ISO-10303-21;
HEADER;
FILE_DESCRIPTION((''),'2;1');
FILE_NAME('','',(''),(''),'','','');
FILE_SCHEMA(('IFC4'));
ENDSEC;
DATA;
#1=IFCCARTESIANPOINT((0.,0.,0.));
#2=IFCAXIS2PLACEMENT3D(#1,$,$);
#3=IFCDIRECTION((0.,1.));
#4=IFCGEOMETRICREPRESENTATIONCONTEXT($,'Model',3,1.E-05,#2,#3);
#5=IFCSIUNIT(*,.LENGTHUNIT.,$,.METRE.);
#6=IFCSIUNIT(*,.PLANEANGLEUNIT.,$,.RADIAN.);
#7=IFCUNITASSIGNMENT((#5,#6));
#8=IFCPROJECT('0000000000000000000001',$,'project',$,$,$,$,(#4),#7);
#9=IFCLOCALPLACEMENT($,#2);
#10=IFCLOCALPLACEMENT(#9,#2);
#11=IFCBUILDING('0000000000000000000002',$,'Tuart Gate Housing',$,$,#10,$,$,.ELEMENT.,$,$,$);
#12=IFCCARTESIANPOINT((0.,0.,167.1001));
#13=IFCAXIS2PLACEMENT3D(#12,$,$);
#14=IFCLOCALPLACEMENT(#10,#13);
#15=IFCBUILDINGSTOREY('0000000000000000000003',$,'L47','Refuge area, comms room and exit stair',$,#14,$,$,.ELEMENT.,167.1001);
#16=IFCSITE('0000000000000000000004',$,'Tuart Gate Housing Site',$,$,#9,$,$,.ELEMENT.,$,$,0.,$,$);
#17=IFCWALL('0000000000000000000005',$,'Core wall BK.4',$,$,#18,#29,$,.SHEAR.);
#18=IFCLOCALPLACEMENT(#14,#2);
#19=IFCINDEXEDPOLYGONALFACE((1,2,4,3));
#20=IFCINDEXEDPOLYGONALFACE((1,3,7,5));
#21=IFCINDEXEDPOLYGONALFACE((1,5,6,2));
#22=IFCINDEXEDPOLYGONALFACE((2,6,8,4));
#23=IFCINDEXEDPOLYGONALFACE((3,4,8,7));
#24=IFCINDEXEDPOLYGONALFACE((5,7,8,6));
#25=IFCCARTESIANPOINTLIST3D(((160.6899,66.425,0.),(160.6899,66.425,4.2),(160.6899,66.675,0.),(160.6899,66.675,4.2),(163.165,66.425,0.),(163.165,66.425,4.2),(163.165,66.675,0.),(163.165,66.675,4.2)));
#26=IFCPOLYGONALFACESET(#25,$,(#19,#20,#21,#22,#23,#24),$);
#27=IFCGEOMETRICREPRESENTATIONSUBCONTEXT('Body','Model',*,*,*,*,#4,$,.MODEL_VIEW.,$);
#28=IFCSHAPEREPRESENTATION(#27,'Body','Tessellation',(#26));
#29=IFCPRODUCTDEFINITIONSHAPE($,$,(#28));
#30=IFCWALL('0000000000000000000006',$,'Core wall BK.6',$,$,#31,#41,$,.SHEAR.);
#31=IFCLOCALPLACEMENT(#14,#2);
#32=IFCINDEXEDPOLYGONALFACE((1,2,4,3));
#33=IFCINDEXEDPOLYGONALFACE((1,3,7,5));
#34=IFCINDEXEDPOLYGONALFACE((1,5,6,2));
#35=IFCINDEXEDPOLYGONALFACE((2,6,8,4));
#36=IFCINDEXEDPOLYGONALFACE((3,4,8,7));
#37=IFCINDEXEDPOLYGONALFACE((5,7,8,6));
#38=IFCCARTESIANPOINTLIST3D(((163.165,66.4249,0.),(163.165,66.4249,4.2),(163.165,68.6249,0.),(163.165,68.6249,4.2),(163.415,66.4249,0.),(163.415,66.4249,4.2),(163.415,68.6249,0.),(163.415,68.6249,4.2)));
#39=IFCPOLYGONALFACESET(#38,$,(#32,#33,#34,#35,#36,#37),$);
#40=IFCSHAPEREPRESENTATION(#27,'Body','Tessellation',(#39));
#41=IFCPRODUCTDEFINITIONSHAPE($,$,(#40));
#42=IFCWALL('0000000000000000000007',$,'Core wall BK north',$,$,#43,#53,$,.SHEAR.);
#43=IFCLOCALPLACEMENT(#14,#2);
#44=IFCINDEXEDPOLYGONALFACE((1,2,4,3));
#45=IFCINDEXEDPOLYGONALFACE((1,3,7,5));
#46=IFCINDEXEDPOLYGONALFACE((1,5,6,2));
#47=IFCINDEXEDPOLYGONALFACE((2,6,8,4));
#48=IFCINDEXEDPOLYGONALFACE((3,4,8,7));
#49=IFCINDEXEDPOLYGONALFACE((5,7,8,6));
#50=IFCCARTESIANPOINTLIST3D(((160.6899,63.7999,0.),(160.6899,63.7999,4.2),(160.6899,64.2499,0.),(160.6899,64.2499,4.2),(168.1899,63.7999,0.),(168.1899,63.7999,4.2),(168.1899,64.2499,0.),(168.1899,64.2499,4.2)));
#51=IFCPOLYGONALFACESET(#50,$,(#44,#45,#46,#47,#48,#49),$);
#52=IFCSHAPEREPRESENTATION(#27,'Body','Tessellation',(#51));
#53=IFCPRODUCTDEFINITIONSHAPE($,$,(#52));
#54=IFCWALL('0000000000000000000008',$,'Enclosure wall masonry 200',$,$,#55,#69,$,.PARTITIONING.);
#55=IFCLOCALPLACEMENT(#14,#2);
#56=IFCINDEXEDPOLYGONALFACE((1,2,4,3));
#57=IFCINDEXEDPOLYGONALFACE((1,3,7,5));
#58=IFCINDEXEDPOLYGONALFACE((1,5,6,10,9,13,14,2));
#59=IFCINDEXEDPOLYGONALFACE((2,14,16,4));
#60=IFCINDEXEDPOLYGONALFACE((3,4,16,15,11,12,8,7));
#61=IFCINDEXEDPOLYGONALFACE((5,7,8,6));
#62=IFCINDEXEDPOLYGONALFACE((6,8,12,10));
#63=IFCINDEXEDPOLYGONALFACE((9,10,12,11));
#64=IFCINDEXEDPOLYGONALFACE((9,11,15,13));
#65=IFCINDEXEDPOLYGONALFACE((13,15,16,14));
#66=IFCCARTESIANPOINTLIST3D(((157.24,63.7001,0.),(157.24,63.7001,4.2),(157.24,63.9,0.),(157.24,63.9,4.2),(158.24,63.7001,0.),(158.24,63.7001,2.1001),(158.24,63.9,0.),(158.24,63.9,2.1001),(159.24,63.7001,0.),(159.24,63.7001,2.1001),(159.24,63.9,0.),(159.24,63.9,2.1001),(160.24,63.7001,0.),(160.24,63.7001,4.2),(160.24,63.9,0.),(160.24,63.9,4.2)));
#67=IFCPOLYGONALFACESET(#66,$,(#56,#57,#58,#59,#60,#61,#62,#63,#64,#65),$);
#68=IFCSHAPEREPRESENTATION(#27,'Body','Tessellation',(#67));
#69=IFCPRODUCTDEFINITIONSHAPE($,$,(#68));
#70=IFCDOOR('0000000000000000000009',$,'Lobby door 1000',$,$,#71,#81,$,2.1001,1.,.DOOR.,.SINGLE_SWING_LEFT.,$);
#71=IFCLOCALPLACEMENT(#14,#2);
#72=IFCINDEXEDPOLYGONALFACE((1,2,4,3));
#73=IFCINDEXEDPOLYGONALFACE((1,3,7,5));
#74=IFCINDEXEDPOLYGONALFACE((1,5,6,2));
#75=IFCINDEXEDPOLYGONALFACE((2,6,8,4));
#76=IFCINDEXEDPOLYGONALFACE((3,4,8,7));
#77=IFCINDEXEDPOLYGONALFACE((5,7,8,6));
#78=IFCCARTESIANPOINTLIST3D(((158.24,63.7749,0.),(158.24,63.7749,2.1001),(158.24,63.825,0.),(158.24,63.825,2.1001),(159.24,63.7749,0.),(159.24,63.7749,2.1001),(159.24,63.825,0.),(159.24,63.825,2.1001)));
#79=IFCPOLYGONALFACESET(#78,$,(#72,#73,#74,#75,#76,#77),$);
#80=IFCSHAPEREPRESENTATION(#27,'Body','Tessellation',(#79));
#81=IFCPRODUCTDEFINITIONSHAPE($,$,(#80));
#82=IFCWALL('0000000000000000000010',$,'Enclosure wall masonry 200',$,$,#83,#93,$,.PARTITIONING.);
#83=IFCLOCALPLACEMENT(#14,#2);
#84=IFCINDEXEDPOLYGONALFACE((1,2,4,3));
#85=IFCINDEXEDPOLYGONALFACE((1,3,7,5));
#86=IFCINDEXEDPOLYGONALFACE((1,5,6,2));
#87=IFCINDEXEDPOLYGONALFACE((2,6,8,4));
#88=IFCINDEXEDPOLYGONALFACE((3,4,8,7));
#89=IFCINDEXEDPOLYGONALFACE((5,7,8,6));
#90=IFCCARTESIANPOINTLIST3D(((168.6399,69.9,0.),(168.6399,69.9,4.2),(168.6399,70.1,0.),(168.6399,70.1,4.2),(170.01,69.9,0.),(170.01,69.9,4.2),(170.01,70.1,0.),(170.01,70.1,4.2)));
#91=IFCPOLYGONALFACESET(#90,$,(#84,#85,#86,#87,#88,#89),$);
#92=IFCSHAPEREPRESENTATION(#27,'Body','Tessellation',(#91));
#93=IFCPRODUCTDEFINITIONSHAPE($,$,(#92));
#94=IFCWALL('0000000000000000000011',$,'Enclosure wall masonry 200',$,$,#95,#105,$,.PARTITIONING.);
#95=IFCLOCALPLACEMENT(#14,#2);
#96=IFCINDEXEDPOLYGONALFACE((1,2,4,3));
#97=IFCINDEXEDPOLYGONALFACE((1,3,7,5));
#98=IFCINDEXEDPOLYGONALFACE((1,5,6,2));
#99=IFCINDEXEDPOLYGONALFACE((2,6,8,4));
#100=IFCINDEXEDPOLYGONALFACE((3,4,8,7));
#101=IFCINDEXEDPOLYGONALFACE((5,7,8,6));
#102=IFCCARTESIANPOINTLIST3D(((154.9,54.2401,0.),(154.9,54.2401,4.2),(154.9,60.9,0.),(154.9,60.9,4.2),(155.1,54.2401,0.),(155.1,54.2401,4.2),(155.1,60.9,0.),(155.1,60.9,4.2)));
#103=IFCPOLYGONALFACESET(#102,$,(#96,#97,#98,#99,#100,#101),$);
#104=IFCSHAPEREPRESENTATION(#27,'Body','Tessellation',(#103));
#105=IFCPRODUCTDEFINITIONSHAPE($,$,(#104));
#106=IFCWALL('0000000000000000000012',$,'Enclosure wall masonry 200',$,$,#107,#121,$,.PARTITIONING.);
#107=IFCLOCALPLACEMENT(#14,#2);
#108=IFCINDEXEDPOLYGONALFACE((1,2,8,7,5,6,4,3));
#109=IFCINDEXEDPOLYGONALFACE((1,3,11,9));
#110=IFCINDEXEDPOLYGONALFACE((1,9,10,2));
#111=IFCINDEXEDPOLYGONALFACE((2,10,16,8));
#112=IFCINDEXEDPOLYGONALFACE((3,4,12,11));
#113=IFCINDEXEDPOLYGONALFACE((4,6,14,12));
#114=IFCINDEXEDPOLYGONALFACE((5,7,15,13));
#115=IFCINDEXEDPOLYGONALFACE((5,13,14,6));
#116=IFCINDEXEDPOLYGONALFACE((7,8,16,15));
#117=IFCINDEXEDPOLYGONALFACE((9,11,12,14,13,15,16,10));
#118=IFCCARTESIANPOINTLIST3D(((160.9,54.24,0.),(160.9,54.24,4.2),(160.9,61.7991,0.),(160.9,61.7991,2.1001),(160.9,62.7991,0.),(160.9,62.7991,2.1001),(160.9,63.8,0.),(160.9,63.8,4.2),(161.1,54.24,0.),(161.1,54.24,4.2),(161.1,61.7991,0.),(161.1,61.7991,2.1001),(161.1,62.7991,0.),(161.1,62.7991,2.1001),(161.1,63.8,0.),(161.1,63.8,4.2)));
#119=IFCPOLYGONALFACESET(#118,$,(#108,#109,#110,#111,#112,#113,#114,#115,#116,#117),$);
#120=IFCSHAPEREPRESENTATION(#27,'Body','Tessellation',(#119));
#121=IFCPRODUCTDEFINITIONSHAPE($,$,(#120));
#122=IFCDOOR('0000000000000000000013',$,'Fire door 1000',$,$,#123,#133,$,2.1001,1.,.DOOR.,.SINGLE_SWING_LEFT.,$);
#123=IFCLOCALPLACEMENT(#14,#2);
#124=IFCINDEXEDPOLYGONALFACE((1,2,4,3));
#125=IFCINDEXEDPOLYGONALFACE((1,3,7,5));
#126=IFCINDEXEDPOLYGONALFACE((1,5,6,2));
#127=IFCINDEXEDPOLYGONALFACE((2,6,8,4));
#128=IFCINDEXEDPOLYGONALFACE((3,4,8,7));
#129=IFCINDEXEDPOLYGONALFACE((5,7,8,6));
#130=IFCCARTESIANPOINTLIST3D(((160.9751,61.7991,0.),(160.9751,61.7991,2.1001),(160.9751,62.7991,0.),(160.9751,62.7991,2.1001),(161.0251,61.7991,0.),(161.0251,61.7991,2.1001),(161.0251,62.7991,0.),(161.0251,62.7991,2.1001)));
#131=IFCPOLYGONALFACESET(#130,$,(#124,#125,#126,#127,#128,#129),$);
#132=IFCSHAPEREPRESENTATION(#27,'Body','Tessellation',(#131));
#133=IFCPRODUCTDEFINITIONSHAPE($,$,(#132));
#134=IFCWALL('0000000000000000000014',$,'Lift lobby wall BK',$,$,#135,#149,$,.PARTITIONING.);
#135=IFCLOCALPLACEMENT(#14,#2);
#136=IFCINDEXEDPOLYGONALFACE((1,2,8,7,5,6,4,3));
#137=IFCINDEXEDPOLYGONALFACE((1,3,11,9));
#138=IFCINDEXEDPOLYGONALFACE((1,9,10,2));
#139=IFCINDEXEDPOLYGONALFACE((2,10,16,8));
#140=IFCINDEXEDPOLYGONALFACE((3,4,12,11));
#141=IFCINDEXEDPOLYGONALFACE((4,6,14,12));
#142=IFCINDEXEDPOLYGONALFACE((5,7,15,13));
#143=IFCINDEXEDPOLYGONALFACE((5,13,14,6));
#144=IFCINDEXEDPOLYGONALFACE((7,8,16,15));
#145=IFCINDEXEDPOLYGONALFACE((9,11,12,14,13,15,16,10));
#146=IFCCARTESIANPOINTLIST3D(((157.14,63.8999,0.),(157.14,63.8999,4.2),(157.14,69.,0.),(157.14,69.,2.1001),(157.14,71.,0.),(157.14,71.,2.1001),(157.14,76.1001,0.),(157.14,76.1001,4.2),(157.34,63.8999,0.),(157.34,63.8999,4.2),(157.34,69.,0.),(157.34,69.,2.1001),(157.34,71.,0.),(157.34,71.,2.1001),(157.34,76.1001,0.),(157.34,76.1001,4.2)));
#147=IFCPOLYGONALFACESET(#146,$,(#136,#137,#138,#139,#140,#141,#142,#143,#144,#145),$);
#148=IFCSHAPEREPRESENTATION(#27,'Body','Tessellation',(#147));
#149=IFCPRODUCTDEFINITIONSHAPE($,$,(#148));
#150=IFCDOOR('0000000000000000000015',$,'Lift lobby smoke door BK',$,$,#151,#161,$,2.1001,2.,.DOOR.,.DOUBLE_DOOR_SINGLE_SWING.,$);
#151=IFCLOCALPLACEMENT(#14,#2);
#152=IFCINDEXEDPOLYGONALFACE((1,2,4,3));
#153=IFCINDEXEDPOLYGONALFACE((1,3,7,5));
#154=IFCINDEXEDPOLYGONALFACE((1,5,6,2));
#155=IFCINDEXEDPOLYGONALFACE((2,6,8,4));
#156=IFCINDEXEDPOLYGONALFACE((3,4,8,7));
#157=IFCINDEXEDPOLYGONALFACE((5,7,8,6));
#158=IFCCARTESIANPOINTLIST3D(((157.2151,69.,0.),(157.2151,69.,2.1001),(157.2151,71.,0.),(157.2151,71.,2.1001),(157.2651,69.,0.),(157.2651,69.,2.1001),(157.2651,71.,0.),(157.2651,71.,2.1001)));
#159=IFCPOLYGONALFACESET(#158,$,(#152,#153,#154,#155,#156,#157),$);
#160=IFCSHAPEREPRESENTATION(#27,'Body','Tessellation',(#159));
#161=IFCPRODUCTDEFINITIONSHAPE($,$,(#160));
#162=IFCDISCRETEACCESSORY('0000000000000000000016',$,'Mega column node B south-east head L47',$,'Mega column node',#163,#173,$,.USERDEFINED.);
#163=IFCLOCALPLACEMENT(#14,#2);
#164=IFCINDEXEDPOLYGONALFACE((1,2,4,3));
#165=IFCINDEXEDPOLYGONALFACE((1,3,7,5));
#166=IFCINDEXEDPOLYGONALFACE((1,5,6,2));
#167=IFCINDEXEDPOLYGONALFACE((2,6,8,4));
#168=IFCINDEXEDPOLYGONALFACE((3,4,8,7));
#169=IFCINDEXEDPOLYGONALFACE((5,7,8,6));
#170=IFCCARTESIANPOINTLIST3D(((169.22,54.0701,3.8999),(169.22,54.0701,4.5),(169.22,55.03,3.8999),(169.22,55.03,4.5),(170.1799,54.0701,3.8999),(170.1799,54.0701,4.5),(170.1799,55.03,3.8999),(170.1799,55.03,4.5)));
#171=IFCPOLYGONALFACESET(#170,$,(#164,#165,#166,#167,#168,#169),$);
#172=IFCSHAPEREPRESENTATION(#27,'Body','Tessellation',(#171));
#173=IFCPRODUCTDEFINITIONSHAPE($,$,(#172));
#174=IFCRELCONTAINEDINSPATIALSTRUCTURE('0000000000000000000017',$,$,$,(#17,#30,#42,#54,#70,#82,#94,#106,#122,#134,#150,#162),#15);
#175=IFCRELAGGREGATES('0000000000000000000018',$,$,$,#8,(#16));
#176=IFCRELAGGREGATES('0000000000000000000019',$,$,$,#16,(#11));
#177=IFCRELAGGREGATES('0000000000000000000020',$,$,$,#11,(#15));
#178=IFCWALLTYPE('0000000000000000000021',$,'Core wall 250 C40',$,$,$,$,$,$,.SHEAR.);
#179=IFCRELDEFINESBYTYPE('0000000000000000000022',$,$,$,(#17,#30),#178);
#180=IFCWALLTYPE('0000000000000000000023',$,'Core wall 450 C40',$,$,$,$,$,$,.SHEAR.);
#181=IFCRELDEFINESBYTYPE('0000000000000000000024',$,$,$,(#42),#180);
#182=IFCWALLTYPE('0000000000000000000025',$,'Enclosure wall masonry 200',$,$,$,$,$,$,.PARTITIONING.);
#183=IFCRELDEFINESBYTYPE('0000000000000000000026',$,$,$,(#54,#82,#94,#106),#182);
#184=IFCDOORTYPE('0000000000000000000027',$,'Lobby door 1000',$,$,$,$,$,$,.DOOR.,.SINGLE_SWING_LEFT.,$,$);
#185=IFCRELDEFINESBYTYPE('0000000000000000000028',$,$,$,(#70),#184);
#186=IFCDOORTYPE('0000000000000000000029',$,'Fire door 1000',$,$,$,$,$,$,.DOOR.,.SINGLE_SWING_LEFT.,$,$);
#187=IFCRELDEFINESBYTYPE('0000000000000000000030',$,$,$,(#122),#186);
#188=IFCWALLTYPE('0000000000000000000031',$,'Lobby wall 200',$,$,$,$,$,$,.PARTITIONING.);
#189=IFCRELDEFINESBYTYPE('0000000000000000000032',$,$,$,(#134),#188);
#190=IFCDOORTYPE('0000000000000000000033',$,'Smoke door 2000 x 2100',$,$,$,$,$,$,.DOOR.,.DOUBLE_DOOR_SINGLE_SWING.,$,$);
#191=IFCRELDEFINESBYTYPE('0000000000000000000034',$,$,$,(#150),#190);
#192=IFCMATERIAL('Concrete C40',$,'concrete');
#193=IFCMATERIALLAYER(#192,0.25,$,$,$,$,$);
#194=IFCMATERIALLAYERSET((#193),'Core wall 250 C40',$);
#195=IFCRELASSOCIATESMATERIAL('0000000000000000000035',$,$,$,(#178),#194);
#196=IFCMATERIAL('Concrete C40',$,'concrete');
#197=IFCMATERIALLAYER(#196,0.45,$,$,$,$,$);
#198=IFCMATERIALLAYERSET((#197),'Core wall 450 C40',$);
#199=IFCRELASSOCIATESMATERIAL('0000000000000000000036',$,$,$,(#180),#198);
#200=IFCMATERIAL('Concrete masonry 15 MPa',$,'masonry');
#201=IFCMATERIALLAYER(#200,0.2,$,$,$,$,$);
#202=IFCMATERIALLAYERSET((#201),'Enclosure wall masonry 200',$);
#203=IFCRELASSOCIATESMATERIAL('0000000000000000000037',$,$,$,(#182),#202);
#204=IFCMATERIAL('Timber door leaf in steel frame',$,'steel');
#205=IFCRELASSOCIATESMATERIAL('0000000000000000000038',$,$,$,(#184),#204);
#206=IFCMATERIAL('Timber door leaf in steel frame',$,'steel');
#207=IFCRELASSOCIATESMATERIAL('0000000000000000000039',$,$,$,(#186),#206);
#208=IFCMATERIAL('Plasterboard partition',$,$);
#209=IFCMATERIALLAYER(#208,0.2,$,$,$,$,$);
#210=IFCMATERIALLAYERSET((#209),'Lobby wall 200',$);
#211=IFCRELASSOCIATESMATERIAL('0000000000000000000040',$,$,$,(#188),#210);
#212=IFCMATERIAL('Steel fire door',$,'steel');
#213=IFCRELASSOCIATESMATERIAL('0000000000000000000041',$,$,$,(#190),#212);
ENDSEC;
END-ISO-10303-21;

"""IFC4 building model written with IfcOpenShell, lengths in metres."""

from ifc_helpers import new_model, si_unit, direction, frame, frame_2d, origin, origin_2d, place, context, subcontext, project, spatial, rectangle, extrude, material, layer, layer_set, type_object, element, fill, save


model = new_model("IFC4")

# Units and contexts
model_context = context("Model", 3, precision=1e-05, world=origin(), true_north=direction((0.0, 1.0)))
body_context = subcontext(model_context, "Body", "Model", "MODEL_VIEW")
ifc_project = project(units=[si_unit("LENGTHUNIT", "METRE"), si_unit("PLANEANGLEUNIT", "RADIAN")], contexts=[model_context])

# Site, building, storey
site_placement = place(None, origin())
site = spatial("IfcSite", under=ifc_project, at=site_placement, Name="Tuart Gate Housing Site", CompositionType="ELEMENT", RefElevation=0.0)
building_placement = place(site_placement, origin())
building = spatial("IfcBuilding", under=site, at=building_placement, Name="Tuart Gate Housing", CompositionType="ELEMENT")
storey_placement = place(building_placement, frame((0.0, 0.0, 167.1001)))
storey = spatial("IfcBuildingStorey", under=building, at=storey_placement, Name="L47", Description="Refuge area, comms room and exit stair", CompositionType="ELEMENT", Elevation=167.1001)

# Shared definitions
ifc_material_1 = material(Name="Concrete C40", Category="concrete")
ifc_layer_1 = layer(ifc_material_1, 0.25)
ifc_layer_set_1 = layer_set([ifc_layer_1], Name="Core wall 250 C40")
wall_type_1 = type_object("IfcWallType", Name="Core wall 250 C40", PredefinedType="SHEAR", material=ifc_layer_set_1)

# Walls
wall_1_placement = place(storey_placement, frame((160.6899, 66.55, 0.0), z_axis=(0.0, 0.0, 1.0), x_axis=(1.0, 0.0, 0.0)))
element("IfcWall", 1, at=wall_1_placement, inside=storey, type_object=wall_type_1, Name="Core wall BK.4", PredefinedType="SHEAR", context=body_context, shape_type="SweptSolid", body=[
    extrude(rectangle(XDim=2.4751, YDim=0.25, at=frame_2d((1.2375, 0.0))), origin(), (0.0, 0.0, 1.0), 4.2),
])
wall_2_placement = place(storey_placement, frame((163.29, 68.625, 0.0), z_axis=(0.0, 0.0, 1.0), x_axis=(0.0, -1.0, 0.0)))
element("IfcWall", 2, at=wall_2_placement, inside=storey, type_object=wall_type_1, Name="Core wall BK.6", PredefinedType="SHEAR", context=body_context, shape_type="SweptSolid", body=[
    extrude(rectangle(XDim=2.2, YDim=0.25, at=frame_2d((1.1001, 0.0))), origin(), (0.0, 0.0, 1.0), 4.2),
])
ifc_material_2 = material(Name="Concrete C40", Category="concrete")
ifc_layer_2 = layer(ifc_material_2, 0.45)
ifc_layer_set_2 = layer_set([ifc_layer_2], Name="Core wall 450 C40")
wall_type_2 = type_object("IfcWallType", Name="Core wall 450 C40", PredefinedType="SHEAR", material=ifc_layer_set_2)
wall_3_placement = place(storey_placement, frame((160.6899, 64.0249, 0.0), z_axis=(0.0, 0.0, 1.0), x_axis=(1.0, 0.0, 0.0)))
element("IfcWall", 3, at=wall_3_placement, inside=storey, type_object=wall_type_2, Name="Core wall BK north", PredefinedType="SHEAR", context=body_context, shape_type="SweptSolid", body=[
    extrude(rectangle(XDim=7.5, YDim=0.45, at=frame_2d((3.75, 0.0))), origin(), (0.0, 0.0, 1.0), 4.2),
])

# Wall, opening, door
ifc_material_3 = material(Name="Concrete masonry 15 MPa", Category="masonry")
ifc_layer_3 = layer(ifc_material_3, 0.2)
ifc_layer_set_3 = layer_set([ifc_layer_3], Name="Enclosure wall masonry 200")
wall_type_3 = type_object("IfcWallType", Name="Enclosure wall masonry 200", PredefinedType="PARTITIONING", material=ifc_layer_set_3)
wall_4_placement = place(storey_placement, frame((157.24, 63.8, 0.0), z_axis=(0.0, 0.0, 1.0), x_axis=(1.0, 0.0, 0.0)))
wall_4 = element("IfcWall", 4, at=wall_4_placement, inside=storey, type_object=wall_type_3, Name="Enclosure wall masonry 200", PredefinedType="PARTITIONING", context=body_context, shape_type="SweptSolid", body=[
    extrude(rectangle(XDim=3.0, YDim=0.2, at=frame_2d((1.5, 0.0))), origin(), (0.0, 0.0, 1.0), 4.2),
])
opening_1_placement = place(wall_4_placement, frame((1.0, 0.0, 0.0)))
opening_1 = element("IfcOpeningElement", 5, at=opening_1_placement, cuts=wall_4, PredefinedType="OPENING", context=body_context, shape_type="SweptSolid", body=[
    extrude(rectangle(XDim=1.0, YDim=2.1001, at=frame_2d((0.5, 1.05))), frame((0.0, 0.1099, 0.0), z_axis=(0.0, -1.0, 0.0), x_axis=(1.0, 0.0, 0.0)), (0.0, 0.0, 1.0), 0.22),
])
ifc_material_4 = material(Name="Timber door leaf in steel frame", Category="steel")
door_type_1 = type_object("IfcDoorType", Name="Lobby door 1000", OperationType="SINGLE_SWING_LEFT", PredefinedType="DOOR", material=ifc_material_4)
door_1_placement = place(opening_1_placement, origin())
door_1 = element("IfcDoor", 6, at=door_1_placement, inside=storey, type_object=door_type_1, Name="Lobby door 1000", OperationType="SINGLE_SWING_LEFT", OverallHeight=2.1001, OverallWidth=1.0, PredefinedType="DOOR", context=body_context, shape_type="SweptSolid", body=[
    extrude(rectangle(XDim=1.0, YDim=2.1001, at=frame_2d((0.5, 1.05))), frame((0.0, 0.0249, 0.0), z_axis=(0.0, -1.0, 0.0), x_axis=(1.0, 0.0, 0.0)), (0.0, 0.0, 1.0), 0.05),
])
fill(opening_1, door_1)

# Walls
wall_5_placement = place(storey_placement, frame((168.6399, 70.0, 0.0), z_axis=(0.0, 0.0, 1.0), x_axis=(1.0, 0.0, 0.0)))
element("IfcWall", 7, at=wall_5_placement, inside=storey, type_object=wall_type_3, Name="Enclosure wall masonry 200", PredefinedType="PARTITIONING", context=body_context, shape_type="SweptSolid", body=[
    extrude(rectangle(XDim=1.3701, YDim=0.2, at=frame_2d((0.6851, 0.0))), origin(), (0.0, 0.0, 1.0), 4.2),
])
wall_6_placement = place(storey_placement, frame((155.0, 54.24, 0.0), z_axis=(0.0, 0.0, 1.0), x_axis=(0.0, 1.0, 0.0)))
element("IfcWall", 8, at=wall_6_placement, inside=storey, type_object=wall_type_3, Name="Enclosure wall masonry 200", PredefinedType="PARTITIONING", context=body_context, shape_type="SweptSolid", body=[
    extrude(rectangle(XDim=6.6599, YDim=0.2, at=frame_2d((3.3301, 0.0))), origin(), (0.0, 0.0, 1.0), 4.2),
])

# Walls, openings, doors
wall_7_placement = place(storey_placement, frame((161.0, 54.24, 0.0), z_axis=(0.0, 0.0, 1.0), x_axis=(0.0, 1.0, 0.0)))
wall_7 = element("IfcWall", 9, at=wall_7_placement, inside=storey, type_object=wall_type_3, Name="Enclosure wall masonry 200", PredefinedType="PARTITIONING", context=body_context, shape_type="SweptSolid", body=[
    extrude(rectangle(XDim=9.5601, YDim=0.2, at=frame_2d((4.78, 0.0))), origin(), (0.0, 0.0, 1.0), 4.2),
])
opening_2_placement = place(wall_7_placement, frame((7.5591, 0.0, 0.0)))
opening_2 = element("IfcOpeningElement", 10, at=opening_2_placement, cuts=wall_7, PredefinedType="OPENING", context=body_context, shape_type="SweptSolid", body=[
    extrude(rectangle(XDim=1.0, YDim=2.1001, at=frame_2d((0.5, 1.05))), frame((0.0, 0.1099, 0.0), z_axis=(0.0, -1.0, 0.0), x_axis=(1.0, 0.0, 0.0)), (0.0, 0.0, 1.0), 0.22),
])
ifc_material_5 = material(Name="Timber door leaf in steel frame", Category="steel")
door_type_2 = type_object("IfcDoorType", Name="Fire door 1000", OperationType="SINGLE_SWING_LEFT", PredefinedType="DOOR", material=ifc_material_5)
door_2_placement = place(opening_2_placement, frame((1.0, 0.0, 0.0), z_axis=(0.0, 0.0, 1.0), x_axis=(-1.0, 0.0, 0.0)))
door_2 = element("IfcDoor", 11, at=door_2_placement, inside=storey, type_object=door_type_2, Name="Fire door 1000", OperationType="SINGLE_SWING_LEFT", OverallHeight=2.1001, OverallWidth=1.0, PredefinedType="DOOR", context=body_context, shape_type="SweptSolid", body=[
    extrude(rectangle(XDim=1.0, YDim=2.1001, at=frame_2d((0.5, 1.05))), frame((0.0, 0.0251, 0.0), z_axis=(0.0, -1.0, 0.0), x_axis=(1.0, 0.0, 0.0)), (0.0, 0.0, 1.0), 0.05),
])
fill(opening_2, door_2)
ifc_material_6 = material(Name="Plasterboard partition")
ifc_layer_4 = layer(ifc_material_6, 0.2)
ifc_layer_set_4 = layer_set([ifc_layer_4], Name="Lobby wall 200")
wall_type_4 = type_object("IfcWallType", Name="Lobby wall 200", PredefinedType="PARTITIONING", material=ifc_layer_set_4)
wall_8_placement = place(storey_placement, frame((157.24, 63.8999, 0.0), z_axis=(0.0, 0.0, 1.0), x_axis=(0.0, 1.0, 0.0)))
wall_8 = element("IfcWall", 12, at=wall_8_placement, inside=storey, type_object=wall_type_4, Name="Lift lobby wall BK", PredefinedType="PARTITIONING", context=body_context, shape_type="SweptSolid", body=[
    extrude(rectangle(XDim=12.2002, YDim=0.2, at=frame_2d((6.1001, 0.0))), origin(), (0.0, 0.0, 1.0), 4.2),
])
opening_3_placement = place(wall_8_placement, frame((5.1001, 0.0, 0.0)))
opening_3 = element("IfcOpeningElement", 13, at=opening_3_placement, cuts=wall_8, PredefinedType="OPENING", context=body_context, shape_type="SweptSolid", body=[
    extrude(rectangle(XDim=2.0, YDim=2.1001, at=frame_2d((1.0, 1.05))), frame((0.0, 0.1099, 0.0), z_axis=(0.0, -1.0, 0.0), x_axis=(1.0, 0.0, 0.0)), (0.0, 0.0, 1.0), 0.22),
])
ifc_material_7 = material(Name="Steel fire door", Category="steel")
door_type_3 = type_object("IfcDoorType", Name="Smoke door 2000 x 2100", OperationType="DOUBLE_DOOR_SINGLE_SWING", PredefinedType="DOOR", material=ifc_material_7)
door_3_placement = place(opening_3_placement, frame((2.0, 0.0, 0.0), z_axis=(0.0, 0.0, 1.0), x_axis=(-1.0, 0.0, 0.0)))
door_3 = element("IfcDoor", 14, at=door_3_placement, inside=storey, type_object=door_type_3, Name="Lift lobby smoke door BK", OperationType="DOUBLE_DOOR_SINGLE_SWING", OverallHeight=2.1001, OverallWidth=2.0, PredefinedType="DOOR", context=body_context, shape_type="SweptSolid", body=[
    extrude(rectangle(XDim=2.0, YDim=2.1001, at=frame_2d((1.0, 1.05))), frame((0.0, 0.0251, 0.0), z_axis=(0.0, -1.0, 0.0), x_axis=(1.0, 0.0, 0.0)), (0.0, 0.0, 1.0), 0.05),
])
fill(opening_3, door_3)

# Discrete accessory
discrete_accessory_1_placement = place(storey_placement, frame((169.7, 54.55, 3.8999), z_axis=(0.0, 0.0, 1.0), x_axis=(1.0, 0.0, 0.0)))
element("IfcDiscreteAccessory", 15, at=discrete_accessory_1_placement, inside=storey, Name="Mega column node B south-east head L47", ObjectType="Mega column node", PredefinedType="USERDEFINED", context=body_context, shape_type="SweptSolid", body=[
    extrude(rectangle(XDim=0.96, YDim=0.96, at=origin_2d()), origin(), (0.0, 0.0, 1.0), 0.6001),
])

save(model, "model.ifc")
